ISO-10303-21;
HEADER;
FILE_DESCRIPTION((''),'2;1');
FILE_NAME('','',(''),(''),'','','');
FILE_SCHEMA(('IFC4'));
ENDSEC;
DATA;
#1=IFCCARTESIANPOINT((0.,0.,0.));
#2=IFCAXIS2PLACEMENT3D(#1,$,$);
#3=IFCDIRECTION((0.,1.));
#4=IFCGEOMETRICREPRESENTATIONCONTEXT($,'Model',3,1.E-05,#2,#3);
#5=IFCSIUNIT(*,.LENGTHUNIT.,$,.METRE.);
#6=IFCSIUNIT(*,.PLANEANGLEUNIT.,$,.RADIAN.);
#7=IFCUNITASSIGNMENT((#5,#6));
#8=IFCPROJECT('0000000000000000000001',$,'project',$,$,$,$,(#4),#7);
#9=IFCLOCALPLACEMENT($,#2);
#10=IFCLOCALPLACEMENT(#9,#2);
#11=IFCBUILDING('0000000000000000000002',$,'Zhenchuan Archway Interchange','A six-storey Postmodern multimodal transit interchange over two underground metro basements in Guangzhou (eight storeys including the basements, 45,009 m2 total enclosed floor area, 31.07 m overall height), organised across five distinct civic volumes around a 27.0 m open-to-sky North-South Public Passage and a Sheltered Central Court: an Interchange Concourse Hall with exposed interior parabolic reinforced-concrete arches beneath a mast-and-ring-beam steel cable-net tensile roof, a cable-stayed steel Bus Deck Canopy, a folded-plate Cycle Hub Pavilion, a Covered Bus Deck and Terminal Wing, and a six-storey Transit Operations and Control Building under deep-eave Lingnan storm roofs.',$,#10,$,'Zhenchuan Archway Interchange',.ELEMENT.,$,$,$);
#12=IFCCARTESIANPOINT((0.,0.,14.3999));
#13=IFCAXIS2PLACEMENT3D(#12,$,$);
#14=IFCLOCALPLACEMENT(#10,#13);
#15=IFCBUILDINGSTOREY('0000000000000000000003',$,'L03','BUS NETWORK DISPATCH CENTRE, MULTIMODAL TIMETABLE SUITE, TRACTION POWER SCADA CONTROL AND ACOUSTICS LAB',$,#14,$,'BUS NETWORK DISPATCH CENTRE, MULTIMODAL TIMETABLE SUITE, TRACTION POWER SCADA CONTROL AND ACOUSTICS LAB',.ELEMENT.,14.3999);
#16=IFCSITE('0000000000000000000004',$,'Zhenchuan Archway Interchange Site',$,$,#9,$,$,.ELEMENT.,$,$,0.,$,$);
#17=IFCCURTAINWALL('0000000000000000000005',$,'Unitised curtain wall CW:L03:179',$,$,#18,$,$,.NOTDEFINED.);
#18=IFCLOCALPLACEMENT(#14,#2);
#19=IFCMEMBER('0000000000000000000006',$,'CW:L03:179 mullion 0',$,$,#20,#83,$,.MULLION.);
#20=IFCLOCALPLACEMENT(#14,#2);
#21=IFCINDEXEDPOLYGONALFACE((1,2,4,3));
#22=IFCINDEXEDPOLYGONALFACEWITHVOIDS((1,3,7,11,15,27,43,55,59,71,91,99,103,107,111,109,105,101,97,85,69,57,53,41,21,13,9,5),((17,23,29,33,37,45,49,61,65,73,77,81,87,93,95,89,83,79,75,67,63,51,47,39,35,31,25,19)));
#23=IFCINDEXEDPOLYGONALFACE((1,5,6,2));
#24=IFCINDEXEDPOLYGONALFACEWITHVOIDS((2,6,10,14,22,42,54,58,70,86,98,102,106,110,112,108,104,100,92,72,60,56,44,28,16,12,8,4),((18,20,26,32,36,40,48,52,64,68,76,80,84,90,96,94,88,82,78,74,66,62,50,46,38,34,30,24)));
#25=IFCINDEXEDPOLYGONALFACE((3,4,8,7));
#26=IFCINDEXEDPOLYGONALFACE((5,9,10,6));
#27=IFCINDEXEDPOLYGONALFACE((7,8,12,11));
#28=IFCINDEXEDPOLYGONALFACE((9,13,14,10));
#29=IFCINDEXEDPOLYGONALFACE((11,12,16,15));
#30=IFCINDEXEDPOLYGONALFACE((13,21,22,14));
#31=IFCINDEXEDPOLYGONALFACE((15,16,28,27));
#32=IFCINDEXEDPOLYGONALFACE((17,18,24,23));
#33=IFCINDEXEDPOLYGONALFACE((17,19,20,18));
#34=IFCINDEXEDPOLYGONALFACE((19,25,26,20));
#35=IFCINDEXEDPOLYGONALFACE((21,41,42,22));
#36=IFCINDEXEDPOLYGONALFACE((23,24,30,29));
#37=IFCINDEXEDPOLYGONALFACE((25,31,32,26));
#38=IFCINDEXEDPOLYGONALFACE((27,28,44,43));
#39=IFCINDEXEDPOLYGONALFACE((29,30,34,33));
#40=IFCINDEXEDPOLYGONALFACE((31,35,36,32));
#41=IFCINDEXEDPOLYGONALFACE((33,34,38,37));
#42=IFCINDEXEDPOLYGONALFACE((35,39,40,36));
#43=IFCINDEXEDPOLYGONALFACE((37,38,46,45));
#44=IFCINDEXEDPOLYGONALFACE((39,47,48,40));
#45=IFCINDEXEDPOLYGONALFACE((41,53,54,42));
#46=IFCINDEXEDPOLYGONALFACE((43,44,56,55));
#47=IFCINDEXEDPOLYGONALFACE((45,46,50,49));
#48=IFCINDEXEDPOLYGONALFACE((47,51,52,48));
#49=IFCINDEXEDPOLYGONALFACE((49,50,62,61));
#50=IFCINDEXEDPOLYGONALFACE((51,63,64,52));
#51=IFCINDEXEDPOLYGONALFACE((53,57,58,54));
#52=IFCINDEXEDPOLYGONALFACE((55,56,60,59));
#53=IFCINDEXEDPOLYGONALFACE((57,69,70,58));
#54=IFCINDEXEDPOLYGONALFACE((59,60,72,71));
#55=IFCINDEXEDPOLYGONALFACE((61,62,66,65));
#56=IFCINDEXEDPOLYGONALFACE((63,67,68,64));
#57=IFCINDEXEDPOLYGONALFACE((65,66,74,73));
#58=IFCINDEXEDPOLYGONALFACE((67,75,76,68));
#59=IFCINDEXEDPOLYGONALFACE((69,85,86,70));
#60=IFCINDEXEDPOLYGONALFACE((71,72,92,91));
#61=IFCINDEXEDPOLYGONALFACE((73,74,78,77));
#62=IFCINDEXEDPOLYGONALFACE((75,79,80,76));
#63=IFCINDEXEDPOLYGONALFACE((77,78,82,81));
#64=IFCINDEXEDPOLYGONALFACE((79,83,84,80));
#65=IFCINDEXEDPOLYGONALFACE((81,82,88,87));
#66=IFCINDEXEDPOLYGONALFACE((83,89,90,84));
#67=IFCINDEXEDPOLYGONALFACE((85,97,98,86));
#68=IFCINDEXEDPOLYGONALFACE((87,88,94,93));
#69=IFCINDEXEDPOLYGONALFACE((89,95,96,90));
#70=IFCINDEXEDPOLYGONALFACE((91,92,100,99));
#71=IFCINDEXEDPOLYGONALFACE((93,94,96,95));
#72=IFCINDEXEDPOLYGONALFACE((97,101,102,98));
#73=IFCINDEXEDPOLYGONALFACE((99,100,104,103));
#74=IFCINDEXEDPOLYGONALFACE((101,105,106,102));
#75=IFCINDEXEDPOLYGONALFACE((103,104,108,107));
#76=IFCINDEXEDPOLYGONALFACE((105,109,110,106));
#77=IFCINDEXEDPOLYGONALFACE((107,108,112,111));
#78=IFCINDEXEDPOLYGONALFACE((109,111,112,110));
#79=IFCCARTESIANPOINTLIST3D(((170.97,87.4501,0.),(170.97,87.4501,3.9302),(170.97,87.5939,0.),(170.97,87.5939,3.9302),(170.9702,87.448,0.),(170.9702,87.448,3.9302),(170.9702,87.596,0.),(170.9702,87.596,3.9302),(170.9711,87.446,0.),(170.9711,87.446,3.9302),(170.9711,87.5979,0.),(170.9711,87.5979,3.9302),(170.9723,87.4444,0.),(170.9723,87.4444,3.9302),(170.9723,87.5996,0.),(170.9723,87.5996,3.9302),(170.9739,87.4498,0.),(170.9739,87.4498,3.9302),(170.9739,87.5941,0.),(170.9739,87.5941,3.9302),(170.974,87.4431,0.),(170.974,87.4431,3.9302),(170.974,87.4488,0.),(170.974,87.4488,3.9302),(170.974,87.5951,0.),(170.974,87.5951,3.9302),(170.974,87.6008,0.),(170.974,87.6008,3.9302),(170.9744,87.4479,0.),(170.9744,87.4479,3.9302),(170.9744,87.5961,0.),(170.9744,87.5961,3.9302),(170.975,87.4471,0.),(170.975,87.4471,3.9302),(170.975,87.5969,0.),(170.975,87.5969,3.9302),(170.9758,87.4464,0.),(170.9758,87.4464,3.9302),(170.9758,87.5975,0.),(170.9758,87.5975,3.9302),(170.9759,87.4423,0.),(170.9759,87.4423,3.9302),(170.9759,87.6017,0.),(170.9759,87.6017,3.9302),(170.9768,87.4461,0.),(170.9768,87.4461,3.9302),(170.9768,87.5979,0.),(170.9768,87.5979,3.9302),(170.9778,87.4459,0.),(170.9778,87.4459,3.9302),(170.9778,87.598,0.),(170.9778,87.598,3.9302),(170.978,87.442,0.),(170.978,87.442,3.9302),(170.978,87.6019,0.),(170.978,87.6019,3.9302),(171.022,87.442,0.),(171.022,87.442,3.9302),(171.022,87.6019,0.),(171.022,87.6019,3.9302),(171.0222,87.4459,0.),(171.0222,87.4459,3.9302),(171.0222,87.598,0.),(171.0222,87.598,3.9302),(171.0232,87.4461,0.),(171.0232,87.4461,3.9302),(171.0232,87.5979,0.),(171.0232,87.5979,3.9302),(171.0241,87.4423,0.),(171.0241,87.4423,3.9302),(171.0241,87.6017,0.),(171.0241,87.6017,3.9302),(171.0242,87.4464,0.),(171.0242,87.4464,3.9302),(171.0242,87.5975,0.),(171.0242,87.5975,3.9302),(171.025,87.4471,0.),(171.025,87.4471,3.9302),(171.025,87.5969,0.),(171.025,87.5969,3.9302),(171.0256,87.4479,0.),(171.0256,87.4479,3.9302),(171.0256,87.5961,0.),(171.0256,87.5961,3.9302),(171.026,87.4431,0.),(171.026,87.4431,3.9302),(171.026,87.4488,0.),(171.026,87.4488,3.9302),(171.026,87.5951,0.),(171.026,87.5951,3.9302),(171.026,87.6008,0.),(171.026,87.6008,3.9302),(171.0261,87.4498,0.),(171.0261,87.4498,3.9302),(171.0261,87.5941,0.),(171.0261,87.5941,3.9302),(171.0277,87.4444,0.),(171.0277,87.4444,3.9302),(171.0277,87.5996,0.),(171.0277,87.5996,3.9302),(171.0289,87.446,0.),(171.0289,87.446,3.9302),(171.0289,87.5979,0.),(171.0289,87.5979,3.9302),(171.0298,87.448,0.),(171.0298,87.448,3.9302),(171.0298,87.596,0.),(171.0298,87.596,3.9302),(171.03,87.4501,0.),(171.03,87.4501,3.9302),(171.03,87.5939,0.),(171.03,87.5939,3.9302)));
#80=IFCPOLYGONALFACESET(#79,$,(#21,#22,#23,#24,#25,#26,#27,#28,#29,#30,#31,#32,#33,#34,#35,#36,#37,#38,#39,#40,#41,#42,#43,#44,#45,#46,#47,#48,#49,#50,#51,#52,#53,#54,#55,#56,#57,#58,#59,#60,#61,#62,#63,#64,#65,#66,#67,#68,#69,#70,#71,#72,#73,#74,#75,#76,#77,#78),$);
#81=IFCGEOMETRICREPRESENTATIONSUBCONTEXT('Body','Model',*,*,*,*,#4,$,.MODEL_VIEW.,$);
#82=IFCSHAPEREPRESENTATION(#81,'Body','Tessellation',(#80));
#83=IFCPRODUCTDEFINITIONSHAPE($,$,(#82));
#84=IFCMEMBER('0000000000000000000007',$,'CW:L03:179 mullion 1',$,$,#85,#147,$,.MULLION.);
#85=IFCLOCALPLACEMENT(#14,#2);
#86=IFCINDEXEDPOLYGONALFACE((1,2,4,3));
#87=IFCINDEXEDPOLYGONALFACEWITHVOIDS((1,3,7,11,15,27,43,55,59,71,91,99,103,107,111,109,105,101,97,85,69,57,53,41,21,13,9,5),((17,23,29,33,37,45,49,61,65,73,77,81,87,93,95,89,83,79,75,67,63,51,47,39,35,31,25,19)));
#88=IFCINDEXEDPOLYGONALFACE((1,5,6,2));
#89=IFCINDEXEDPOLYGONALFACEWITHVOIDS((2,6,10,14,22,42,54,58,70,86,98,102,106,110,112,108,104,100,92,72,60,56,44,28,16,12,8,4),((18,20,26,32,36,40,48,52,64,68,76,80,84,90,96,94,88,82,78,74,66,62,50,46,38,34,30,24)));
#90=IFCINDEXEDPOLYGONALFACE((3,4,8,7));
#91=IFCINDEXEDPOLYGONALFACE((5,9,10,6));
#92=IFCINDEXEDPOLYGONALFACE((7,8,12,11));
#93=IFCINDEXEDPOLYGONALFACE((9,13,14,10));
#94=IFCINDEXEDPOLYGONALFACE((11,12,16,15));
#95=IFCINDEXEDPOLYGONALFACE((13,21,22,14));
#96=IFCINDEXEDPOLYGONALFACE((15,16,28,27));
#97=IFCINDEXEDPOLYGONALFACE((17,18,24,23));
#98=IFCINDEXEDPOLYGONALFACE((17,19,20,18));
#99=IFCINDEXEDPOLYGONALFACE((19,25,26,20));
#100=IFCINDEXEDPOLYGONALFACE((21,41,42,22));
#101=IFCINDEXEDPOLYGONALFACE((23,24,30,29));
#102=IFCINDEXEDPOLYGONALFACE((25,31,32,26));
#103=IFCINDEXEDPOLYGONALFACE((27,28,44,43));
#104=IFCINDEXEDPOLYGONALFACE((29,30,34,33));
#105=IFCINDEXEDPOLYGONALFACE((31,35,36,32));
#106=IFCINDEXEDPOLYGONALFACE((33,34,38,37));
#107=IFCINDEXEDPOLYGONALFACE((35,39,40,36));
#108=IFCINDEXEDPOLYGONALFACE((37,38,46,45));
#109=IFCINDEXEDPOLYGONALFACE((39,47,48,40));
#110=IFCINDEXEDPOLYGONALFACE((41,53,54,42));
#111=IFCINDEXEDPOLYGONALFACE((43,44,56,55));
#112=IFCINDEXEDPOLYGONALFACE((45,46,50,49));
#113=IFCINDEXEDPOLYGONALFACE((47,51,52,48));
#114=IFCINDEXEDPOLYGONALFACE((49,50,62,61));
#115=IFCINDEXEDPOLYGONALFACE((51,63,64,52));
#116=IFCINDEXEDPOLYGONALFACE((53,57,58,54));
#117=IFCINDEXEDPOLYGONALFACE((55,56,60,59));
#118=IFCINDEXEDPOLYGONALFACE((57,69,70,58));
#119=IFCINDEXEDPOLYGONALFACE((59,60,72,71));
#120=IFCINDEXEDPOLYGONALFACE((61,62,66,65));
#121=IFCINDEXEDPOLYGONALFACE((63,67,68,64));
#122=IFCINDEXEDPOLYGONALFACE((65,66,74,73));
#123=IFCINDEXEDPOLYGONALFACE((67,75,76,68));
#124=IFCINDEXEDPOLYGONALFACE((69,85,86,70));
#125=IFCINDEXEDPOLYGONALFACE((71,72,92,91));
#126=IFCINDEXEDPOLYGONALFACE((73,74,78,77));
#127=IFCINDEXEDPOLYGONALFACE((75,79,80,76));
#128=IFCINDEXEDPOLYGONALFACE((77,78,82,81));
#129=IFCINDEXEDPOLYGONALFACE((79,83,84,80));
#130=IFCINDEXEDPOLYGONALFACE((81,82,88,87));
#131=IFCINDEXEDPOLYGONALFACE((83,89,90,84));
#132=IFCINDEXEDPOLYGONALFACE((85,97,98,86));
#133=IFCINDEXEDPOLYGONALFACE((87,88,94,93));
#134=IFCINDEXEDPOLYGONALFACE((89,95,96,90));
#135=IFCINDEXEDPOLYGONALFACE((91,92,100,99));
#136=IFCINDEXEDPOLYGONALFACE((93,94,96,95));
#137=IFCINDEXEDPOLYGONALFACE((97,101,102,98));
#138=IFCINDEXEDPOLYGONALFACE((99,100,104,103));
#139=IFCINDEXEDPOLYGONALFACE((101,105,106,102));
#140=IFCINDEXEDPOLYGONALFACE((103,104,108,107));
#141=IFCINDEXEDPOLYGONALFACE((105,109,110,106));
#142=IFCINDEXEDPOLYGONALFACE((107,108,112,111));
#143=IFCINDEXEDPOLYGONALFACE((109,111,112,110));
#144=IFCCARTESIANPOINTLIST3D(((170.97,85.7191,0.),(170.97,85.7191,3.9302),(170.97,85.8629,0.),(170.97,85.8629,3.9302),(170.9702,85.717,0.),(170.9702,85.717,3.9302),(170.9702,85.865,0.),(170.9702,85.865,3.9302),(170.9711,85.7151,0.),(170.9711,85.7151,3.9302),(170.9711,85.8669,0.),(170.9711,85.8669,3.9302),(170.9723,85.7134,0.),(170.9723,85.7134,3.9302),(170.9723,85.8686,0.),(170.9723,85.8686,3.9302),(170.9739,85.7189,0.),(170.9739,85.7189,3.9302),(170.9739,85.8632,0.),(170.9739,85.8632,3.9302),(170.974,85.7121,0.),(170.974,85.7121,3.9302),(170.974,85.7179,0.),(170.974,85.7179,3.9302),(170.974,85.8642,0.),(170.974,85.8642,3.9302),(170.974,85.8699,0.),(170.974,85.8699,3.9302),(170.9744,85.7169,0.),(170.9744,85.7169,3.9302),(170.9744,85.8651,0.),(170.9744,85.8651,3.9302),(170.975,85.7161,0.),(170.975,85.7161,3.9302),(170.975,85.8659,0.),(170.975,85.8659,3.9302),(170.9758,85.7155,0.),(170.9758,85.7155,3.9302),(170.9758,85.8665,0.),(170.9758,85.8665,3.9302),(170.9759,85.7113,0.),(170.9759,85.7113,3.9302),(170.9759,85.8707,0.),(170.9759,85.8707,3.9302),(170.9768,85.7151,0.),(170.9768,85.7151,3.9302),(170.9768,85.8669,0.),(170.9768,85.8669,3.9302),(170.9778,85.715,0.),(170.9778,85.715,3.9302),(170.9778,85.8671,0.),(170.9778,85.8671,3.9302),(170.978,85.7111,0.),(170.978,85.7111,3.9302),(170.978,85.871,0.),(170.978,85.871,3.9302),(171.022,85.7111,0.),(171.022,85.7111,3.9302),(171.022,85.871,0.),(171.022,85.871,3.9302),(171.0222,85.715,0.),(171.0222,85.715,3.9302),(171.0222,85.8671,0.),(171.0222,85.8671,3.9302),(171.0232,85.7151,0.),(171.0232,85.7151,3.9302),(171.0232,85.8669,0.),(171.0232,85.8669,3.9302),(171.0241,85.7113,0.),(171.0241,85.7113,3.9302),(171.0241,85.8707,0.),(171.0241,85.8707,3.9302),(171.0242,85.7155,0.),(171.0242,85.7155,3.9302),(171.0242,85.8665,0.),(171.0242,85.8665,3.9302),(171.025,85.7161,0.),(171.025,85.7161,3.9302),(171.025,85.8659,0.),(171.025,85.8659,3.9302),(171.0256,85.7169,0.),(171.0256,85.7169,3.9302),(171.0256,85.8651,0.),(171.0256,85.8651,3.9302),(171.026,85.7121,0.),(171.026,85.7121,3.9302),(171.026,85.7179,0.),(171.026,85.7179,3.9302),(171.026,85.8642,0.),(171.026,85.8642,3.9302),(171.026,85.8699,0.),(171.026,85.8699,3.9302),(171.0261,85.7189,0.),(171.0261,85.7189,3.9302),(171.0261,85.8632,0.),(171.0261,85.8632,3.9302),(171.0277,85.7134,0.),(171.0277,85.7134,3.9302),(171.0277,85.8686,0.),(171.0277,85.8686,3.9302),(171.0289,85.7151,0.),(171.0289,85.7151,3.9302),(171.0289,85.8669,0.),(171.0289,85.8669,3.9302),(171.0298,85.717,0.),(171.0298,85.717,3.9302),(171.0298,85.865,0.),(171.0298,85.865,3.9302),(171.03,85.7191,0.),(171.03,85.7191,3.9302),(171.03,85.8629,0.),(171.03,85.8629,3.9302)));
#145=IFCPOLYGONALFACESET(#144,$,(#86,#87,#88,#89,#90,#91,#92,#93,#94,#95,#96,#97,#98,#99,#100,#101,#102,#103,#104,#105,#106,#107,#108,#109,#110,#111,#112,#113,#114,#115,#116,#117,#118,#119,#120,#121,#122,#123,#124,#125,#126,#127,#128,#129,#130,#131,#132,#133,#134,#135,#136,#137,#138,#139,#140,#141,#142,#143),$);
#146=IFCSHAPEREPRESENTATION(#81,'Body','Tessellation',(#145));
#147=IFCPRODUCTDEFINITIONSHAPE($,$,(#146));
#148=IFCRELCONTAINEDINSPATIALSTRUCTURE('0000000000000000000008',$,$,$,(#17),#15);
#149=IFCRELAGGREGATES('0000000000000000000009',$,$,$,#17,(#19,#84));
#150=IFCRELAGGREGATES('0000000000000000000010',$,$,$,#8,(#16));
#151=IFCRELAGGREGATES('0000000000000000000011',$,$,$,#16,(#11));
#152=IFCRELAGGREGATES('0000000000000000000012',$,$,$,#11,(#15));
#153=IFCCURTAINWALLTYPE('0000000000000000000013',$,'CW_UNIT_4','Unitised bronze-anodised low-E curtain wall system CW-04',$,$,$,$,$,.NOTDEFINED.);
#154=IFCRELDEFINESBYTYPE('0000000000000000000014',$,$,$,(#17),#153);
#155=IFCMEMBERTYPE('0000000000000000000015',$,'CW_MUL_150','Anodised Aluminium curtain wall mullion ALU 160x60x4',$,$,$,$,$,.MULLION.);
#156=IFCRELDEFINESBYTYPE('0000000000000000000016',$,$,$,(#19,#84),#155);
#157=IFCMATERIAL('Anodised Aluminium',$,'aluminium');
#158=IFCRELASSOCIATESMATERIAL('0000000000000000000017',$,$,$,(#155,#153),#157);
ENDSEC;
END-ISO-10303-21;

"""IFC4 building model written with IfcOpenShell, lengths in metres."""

from ifc_helpers import new_model, si_unit, direction, frame, origin, origin_2d, place, context, subcontext, project, spatial, hollow_rectangle, extrude, material, material_profile, profile_set, type_object, element, aggregate, save


model = new_model("IFC4")

# Units and contexts
model_context = context("Model", 3, precision=1e-05, world=origin(), true_north=direction((0.0, 1.0)))
body_context = subcontext(model_context, "Body", "Model", "MODEL_VIEW")
ifc_project = project(units=[si_unit("LENGTHUNIT", "METRE"), si_unit("PLANEANGLEUNIT", "RADIAN")], contexts=[model_context])

# Site, building, storey
site_placement = place(None, origin())
site = spatial("IfcSite", under=ifc_project, at=site_placement, Name="Zhenchuan Archway Interchange Site", CompositionType="ELEMENT", RefElevation=0.0)
building_placement = place(site_placement, origin())
building = spatial("IfcBuilding", under=site, at=building_placement, Name="Zhenchuan Archway Interchange", Description="A six-storey Postmodern multimodal transit interchange over two underground metro basements in Guangzhou (eight storeys including the basements, 45,009 m2 total enclosed floor area, 31.07 m overall height), organised across five distinct civic volumes around a 27.0 m open-to-sky North-South Public Passage and a Sheltered Central Court: an Interchange Concourse Hall with exposed interior parabolic reinforced-concrete arches beneath a mast-and-ring-beam steel cable-net tensile roof, a cable-stayed steel Bus Deck Canopy, a folded-plate Cycle Hub Pavilion, a Covered Bus Deck and Terminal Wing, and a six-storey Transit Operations and Control Building under deep-eave Lingnan storm roofs.", LongName="Zhenchuan Archway Interchange", CompositionType="ELEMENT")
storey_placement = place(building_placement, frame((0.0, 0.0, 14.3999)))
storey = spatial("IfcBuildingStorey", under=building, at=storey_placement, Name="L03", Description="BUS NETWORK DISPATCH CENTRE, MULTIMODAL TIMETABLE SUITE, TRACTION POWER SCADA CONTROL AND ACOUSTICS LAB", LongName="BUS NETWORK DISPATCH CENTRE, MULTIMODAL TIMETABLE SUITE, TRACTION POWER SCADA CONTROL AND ACOUSTICS LAB", CompositionType="ELEMENT", Elevation=14.3999)

# Shared definitions
ifc_material_1 = material(Name="Anodised Aluminium", Category="aluminium")
ifc_material_profile_1 = material_profile(ifc_material_1, hollow_rectangle(XDim=0.0601, YDim=0.1599, WallThickness=0.0039, InnerFilletRadius=0.0039, OuterFilletRadius=0.0081, at=origin_2d()), Name="ALU 160x60x4")
ifc_profile_set_1 = profile_set([ifc_material_profile_1], Name="Anodised Aluminium")
member_type_1 = type_object("IfcMemberType", Name="CW_MUL_150", Description="Anodised Aluminium curtain wall mullion ALU 160x60x4", PredefinedType="MULLION", material=ifc_profile_set_1)

# Curtain wall, members
curtain_wall_type_1 = type_object("IfcCurtainWallType", Name="CW_UNIT_4", Description="Unitised bronze-anodised low-E curtain wall system CW-04", PredefinedType="NOTDEFINED", material=ifc_material_1)
curtain_wall_1_placement = place(storey_placement, origin())
curtain_wall_1 = element("IfcCurtainWall", 1, at=curtain_wall_1_placement, inside=storey, type_object=curtain_wall_type_1, Name="Unitised curtain wall CW:L03:179", PredefinedType="NOTDEFINED")
member_1_placement = place(storey_placement, frame((171.0, 87.522, 0.0), z_axis=(0.0, 0.0, 1.0), x_axis=(1.0, 0.0, 0.0)))
member_1 = element("IfcMember", 2, at=member_1_placement, type_object=member_type_1, Name="CW:L03:179 mullion 0", PredefinedType="MULLION", context=body_context, shape_type="SweptSolid", body=[
    extrude(hollow_rectangle(XDim=0.0601, YDim=0.1599, WallThickness=0.0039, InnerFilletRadius=0.0039, OuterFilletRadius=0.0081, at=origin_2d()), origin(), (0.0, 0.0, 1.0), 3.9302),
])
member_2_placement = place(storey_placement, frame((171.0, 85.791, 0.0), z_axis=(0.0, 0.0, 1.0), x_axis=(1.0, 0.0, 0.0)))
member_2 = element("IfcMember", 3, at=member_2_placement, type_object=member_type_1, Name="CW:L03:179 mullion 1", PredefinedType="MULLION", context=body_context, shape_type="SweptSolid", body=[
    extrude(hollow_rectangle(XDim=0.0601, YDim=0.1599, WallThickness=0.0039, InnerFilletRadius=0.0039, OuterFilletRadius=0.0081, at=origin_2d()), origin(), (0.0, 0.0, 1.0), 3.9302),
])

aggregate(curtain_wall_1, [member_1, member_2])

save(model, "model.ifc")
